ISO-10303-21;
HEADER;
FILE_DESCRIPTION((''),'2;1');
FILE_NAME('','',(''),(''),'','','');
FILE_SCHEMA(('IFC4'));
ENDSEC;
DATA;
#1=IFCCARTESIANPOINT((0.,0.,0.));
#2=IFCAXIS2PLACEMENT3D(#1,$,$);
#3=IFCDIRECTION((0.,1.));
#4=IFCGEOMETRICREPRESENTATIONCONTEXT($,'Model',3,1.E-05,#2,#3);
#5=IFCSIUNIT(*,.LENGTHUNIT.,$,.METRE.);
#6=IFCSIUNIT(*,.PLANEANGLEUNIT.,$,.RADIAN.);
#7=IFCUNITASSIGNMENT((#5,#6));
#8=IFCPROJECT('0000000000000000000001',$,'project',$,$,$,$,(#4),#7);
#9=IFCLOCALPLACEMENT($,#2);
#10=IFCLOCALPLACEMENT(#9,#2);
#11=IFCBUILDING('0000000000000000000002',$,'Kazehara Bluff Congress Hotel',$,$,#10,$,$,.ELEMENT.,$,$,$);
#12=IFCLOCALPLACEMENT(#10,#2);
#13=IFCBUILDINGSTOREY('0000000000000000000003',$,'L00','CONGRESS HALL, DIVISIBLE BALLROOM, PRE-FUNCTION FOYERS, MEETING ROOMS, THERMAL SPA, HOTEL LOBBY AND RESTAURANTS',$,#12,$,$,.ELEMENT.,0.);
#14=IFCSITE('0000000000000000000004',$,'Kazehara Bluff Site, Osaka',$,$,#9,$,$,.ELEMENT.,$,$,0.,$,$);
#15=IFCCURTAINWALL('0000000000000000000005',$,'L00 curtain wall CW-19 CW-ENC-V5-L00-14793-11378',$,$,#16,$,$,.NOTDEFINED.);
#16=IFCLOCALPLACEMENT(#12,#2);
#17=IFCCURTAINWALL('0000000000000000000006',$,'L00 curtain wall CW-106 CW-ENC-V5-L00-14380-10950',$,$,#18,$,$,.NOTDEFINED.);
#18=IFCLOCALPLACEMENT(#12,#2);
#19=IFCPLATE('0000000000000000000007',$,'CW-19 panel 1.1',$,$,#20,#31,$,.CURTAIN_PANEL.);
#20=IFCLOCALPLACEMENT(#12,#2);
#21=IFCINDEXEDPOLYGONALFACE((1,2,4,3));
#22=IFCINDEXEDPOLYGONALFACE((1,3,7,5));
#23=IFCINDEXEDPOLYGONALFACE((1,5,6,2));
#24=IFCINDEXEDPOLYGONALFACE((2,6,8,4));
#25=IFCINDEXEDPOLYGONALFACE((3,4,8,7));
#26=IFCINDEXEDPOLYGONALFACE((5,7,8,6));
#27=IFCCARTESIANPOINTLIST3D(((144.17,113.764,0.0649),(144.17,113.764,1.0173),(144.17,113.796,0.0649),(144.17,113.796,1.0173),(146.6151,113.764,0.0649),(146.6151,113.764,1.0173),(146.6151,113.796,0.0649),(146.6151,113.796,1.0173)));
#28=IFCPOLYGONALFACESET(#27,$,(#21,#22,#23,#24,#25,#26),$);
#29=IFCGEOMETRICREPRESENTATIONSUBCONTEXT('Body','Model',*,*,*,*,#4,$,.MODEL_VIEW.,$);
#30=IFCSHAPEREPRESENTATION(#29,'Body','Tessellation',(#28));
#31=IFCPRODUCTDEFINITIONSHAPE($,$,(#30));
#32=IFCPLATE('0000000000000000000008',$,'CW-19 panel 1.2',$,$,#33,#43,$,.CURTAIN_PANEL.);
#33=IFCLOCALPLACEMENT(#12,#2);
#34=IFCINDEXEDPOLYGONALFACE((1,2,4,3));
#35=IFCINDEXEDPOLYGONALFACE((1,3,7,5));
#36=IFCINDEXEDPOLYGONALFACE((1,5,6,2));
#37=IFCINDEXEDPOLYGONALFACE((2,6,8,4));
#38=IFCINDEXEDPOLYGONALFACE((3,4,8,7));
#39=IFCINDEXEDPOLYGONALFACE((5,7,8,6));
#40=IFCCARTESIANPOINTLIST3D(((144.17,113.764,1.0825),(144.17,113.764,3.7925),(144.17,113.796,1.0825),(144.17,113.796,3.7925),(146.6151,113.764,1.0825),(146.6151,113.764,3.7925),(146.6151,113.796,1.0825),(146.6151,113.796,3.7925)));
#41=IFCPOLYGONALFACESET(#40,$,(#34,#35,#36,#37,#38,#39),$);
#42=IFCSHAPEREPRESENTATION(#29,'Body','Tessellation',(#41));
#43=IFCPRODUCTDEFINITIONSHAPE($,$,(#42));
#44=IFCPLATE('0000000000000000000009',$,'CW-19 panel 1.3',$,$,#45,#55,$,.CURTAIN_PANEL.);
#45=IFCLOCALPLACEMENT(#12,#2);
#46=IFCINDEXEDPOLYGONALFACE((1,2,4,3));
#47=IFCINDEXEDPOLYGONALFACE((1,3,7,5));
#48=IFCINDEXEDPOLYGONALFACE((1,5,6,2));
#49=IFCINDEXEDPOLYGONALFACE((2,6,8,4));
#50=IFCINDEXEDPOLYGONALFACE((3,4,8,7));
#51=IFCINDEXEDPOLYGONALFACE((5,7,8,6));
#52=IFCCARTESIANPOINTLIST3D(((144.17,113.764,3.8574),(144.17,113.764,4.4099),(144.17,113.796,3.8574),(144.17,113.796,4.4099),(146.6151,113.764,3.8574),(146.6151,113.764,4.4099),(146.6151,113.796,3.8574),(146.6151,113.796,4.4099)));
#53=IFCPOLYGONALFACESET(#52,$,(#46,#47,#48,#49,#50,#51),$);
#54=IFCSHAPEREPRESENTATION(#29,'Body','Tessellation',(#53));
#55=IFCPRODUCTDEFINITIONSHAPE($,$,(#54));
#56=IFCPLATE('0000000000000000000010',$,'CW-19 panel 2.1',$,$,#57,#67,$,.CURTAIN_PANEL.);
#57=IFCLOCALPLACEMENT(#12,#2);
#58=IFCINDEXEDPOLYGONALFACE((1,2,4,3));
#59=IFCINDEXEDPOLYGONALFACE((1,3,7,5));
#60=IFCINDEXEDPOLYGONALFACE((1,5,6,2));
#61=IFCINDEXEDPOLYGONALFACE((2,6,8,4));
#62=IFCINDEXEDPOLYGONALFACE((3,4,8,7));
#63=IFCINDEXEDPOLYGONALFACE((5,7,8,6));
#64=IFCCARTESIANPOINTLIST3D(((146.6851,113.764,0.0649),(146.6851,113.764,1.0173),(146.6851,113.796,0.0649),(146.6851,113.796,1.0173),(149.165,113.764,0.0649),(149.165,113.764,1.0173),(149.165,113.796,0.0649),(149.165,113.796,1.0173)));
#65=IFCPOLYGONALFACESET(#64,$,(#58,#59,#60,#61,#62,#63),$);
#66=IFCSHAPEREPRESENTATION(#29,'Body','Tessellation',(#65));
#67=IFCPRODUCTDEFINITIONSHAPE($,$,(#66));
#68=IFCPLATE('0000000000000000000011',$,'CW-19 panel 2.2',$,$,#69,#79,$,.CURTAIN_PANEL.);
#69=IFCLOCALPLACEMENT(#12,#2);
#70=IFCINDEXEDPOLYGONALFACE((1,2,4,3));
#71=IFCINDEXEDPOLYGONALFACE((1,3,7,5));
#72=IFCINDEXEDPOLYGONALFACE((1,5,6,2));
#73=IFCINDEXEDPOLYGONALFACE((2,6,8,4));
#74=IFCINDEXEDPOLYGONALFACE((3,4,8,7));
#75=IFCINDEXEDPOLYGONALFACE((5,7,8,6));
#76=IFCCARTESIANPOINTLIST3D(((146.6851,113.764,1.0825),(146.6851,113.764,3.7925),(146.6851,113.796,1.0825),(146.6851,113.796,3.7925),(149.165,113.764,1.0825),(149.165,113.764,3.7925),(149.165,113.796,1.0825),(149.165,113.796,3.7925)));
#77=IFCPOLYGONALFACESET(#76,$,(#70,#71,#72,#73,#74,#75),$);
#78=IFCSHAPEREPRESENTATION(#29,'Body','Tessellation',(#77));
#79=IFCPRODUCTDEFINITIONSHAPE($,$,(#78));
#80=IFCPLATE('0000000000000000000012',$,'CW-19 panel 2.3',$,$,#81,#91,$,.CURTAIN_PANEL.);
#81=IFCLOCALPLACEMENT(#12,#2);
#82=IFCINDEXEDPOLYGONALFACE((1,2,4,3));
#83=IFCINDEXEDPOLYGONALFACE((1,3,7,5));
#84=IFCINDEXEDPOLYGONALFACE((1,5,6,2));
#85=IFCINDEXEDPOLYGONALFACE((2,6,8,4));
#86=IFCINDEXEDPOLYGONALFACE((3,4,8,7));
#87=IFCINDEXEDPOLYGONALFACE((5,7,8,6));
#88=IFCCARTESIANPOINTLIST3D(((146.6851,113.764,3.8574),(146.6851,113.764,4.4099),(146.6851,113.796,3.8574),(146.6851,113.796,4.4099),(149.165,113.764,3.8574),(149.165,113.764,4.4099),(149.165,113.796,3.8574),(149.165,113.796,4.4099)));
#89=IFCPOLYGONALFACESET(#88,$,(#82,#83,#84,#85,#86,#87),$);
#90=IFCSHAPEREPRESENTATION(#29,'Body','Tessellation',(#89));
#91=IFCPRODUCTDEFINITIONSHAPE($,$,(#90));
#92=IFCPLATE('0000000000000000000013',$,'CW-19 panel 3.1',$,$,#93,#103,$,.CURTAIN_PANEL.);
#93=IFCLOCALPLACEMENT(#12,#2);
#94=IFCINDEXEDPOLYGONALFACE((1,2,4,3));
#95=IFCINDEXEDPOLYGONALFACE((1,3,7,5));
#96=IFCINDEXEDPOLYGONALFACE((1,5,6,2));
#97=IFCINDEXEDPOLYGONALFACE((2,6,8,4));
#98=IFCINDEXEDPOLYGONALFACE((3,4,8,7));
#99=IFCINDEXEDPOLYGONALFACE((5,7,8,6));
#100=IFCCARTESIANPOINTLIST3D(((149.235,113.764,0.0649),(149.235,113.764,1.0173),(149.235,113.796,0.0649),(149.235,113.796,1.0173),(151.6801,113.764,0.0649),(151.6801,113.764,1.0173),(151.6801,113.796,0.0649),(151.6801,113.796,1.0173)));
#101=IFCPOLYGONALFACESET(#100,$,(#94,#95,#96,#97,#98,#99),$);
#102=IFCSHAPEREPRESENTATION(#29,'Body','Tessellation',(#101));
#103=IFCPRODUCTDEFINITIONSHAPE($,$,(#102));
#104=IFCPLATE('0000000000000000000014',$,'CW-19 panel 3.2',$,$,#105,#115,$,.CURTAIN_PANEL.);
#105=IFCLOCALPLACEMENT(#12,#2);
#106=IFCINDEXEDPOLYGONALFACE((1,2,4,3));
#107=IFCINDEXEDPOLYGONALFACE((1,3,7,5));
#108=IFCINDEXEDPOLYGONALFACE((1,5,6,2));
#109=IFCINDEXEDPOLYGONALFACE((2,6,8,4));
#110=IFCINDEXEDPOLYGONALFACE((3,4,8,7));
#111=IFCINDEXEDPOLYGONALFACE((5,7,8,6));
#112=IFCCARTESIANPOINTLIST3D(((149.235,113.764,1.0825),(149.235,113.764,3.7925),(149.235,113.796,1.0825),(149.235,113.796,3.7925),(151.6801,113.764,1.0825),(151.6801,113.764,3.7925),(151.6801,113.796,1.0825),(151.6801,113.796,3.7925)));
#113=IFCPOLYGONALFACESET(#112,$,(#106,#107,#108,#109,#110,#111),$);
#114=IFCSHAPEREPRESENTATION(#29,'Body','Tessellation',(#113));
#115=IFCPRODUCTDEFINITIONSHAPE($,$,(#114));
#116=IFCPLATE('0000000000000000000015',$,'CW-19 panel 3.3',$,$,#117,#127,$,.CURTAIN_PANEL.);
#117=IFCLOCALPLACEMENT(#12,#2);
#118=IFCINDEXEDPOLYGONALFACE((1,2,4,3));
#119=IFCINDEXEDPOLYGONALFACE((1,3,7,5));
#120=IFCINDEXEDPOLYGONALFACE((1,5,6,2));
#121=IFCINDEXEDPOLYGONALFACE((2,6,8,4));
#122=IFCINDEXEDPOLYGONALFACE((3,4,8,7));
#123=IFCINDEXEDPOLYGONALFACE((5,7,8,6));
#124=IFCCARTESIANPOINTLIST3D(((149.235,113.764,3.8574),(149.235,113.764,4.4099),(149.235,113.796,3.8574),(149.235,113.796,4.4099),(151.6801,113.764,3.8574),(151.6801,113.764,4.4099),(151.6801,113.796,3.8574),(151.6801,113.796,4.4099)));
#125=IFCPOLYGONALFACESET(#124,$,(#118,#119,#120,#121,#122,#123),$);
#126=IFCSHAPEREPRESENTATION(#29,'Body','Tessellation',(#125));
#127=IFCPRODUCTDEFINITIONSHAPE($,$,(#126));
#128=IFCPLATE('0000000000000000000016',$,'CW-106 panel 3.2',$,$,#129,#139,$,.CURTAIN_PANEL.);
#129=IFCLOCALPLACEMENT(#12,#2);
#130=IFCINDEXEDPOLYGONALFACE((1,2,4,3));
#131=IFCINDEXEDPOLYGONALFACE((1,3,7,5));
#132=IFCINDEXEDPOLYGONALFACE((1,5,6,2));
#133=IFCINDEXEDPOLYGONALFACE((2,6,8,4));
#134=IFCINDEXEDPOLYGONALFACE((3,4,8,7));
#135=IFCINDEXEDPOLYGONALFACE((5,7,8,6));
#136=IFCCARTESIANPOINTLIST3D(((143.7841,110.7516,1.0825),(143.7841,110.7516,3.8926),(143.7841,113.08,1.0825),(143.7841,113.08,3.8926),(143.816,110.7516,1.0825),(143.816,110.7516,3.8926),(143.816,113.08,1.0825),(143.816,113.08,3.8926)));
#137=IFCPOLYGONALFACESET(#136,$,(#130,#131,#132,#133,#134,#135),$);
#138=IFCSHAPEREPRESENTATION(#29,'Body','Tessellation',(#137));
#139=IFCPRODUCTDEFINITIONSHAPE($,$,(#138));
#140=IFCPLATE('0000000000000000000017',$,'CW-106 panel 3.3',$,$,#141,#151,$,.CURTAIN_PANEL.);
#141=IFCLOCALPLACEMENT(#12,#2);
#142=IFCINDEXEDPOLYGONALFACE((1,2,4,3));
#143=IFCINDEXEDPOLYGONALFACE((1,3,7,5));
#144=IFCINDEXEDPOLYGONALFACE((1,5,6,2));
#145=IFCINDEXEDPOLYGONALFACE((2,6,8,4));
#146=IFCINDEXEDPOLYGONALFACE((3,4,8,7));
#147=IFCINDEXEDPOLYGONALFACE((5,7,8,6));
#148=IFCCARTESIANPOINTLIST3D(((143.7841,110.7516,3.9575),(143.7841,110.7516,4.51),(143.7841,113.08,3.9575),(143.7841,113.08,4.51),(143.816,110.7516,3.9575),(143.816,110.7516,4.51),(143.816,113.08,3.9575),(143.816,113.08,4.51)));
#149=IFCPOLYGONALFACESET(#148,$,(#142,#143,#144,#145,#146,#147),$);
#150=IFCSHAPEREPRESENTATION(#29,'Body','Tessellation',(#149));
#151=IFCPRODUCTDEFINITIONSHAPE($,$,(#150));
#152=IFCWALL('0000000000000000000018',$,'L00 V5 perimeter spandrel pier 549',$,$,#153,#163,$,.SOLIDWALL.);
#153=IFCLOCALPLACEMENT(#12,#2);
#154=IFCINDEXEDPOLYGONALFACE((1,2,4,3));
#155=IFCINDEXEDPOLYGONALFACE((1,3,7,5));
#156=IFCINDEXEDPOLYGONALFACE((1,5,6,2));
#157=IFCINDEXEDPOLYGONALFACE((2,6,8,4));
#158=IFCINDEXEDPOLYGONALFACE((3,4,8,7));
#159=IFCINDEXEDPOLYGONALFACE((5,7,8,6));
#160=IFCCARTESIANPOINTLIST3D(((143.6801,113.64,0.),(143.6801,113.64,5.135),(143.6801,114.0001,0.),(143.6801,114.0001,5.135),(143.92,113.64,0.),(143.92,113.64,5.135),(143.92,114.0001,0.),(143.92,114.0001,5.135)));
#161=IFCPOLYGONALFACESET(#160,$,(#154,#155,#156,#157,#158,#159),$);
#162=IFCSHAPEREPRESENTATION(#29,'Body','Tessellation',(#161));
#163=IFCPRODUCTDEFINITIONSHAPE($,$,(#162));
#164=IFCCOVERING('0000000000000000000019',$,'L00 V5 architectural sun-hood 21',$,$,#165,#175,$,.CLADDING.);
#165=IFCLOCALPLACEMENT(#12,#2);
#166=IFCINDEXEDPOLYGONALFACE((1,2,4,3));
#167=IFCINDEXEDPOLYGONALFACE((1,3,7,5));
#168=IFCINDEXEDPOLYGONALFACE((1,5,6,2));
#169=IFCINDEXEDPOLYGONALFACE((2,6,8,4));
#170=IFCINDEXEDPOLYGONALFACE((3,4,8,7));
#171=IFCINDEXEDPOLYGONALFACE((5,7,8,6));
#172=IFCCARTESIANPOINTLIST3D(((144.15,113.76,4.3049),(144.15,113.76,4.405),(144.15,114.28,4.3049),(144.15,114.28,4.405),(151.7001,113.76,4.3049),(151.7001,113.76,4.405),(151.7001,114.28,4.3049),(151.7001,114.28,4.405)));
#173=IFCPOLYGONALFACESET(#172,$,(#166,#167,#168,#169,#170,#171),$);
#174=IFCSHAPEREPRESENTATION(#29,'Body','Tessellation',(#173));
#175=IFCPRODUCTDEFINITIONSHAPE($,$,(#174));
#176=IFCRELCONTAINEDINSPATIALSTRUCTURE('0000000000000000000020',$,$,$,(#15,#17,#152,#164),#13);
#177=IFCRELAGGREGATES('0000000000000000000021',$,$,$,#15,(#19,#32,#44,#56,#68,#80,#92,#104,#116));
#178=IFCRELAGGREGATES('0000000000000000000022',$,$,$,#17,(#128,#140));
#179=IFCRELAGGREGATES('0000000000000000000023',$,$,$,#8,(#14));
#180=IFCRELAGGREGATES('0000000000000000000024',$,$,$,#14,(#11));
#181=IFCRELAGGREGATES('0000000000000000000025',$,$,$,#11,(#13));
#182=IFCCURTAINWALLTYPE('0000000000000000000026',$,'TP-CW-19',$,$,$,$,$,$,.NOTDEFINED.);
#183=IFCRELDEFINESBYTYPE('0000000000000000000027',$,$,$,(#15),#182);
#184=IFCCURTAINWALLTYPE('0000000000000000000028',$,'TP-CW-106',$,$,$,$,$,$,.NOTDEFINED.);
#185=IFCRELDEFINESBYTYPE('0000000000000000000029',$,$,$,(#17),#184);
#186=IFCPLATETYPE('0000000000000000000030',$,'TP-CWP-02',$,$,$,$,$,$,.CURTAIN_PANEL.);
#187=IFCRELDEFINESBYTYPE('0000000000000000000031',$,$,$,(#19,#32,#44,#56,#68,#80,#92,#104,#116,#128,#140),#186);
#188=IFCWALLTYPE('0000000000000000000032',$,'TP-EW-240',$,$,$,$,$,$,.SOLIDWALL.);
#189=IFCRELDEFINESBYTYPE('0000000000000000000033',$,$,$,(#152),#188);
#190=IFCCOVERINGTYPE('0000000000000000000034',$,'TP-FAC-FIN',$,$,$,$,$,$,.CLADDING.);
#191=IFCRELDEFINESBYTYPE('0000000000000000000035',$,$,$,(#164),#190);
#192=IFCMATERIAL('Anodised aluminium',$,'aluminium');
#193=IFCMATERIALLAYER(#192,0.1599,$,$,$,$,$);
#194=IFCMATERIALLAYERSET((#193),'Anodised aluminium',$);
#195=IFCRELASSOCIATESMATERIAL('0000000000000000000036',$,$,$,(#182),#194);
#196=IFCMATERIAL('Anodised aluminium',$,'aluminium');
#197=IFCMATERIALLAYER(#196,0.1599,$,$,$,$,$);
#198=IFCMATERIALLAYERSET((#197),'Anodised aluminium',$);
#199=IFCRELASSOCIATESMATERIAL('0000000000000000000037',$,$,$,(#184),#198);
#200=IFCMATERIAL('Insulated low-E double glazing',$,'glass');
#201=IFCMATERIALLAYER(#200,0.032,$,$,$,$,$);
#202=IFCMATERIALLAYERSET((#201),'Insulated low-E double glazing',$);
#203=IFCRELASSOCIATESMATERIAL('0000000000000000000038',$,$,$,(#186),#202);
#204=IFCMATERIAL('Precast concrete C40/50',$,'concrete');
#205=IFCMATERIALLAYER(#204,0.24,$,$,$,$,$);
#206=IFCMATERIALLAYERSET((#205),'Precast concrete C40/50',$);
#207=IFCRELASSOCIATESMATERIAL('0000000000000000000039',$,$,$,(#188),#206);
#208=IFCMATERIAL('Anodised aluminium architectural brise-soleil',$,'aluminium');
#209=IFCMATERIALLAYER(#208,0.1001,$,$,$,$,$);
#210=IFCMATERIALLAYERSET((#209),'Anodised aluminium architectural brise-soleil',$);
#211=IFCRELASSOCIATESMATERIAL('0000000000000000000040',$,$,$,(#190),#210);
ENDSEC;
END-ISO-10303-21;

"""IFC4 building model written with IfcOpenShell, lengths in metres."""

from ifc_helpers import new_model, si_unit, direction, frame, frame_2d, origin, origin_2d, place, context, subcontext, project, spatial, rectangle, extrude, material, layer, layer_set, type_object, element, aggregate, save


model = new_model("IFC4")

# Units and contexts
model_context = context("Model", 3, precision=1e-05, world=origin(), true_north=direction((0.0, 1.0)))
body_context = subcontext(model_context, "Body", "Model", "MODEL_VIEW")
ifc_project = project(units=[si_unit("LENGTHUNIT", "METRE"), si_unit("PLANEANGLEUNIT", "RADIAN")], contexts=[model_context])

# Site, building, storey
site_placement = place(None, origin())
site = spatial("IfcSite", under=ifc_project, at=site_placement, Name="Kazehara Bluff Site, Osaka", CompositionType="ELEMENT", RefElevation=0.0)
building_placement = place(site_placement, origin())
building = spatial("IfcBuilding", under=site, at=building_placement, Name="Kazehara Bluff Congress Hotel", CompositionType="ELEMENT")
storey_placement = place(building_placement, origin())
storey = spatial("IfcBuildingStorey", under=building, at=storey_placement, Name="L00", Description="CONGRESS HALL, DIVISIBLE BALLROOM, PRE-FUNCTION FOYERS, MEETING ROOMS, THERMAL SPA, HOTEL LOBBY AND RESTAURANTS", CompositionType="ELEMENT", Elevation=0.0)

# Curtain wall
ifc_material_1 = material(Name="Anodised aluminium", Category="aluminium")
ifc_layer_1 = layer(ifc_material_1, 0.1599)
ifc_layer_set_1 = layer_set([ifc_layer_1], Name="Anodised aluminium")
curtain_wall_type_1 = type_object("IfcCurtainWallType", Name="TP-CW-19", PredefinedType="NOTDEFINED", material=ifc_layer_set_1)
curtain_wall_1_placement = place(storey_placement, origin())
curtain_wall_1 = element("IfcCurtainWall", 1, at=curtain_wall_1_placement, inside=storey, type_object=curtain_wall_type_1, Name="L00 curtain wall CW-19 CW-ENC-V5-L00-14793-11378", PredefinedType="NOTDEFINED")

# Curtain wall
ifc_material_2 = material(Name="Anodised aluminium", Category="aluminium")
ifc_layer_2 = layer(ifc_material_2, 0.1599)
ifc_layer_set_2 = layer_set([ifc_layer_2], Name="Anodised aluminium")
curtain_wall_type_2 = type_object("IfcCurtainWallType", Name="TP-CW-106", PredefinedType="NOTDEFINED", material=ifc_layer_set_2)
curtain_wall_2_placement = place(storey_placement, origin())
curtain_wall_2 = element("IfcCurtainWall", 2, at=curtain_wall_2_placement, inside=storey, type_object=curtain_wall_type_2, Name="L00 curtain wall CW-106 CW-ENC-V5-L00-14380-10950", PredefinedType="NOTDEFINED")

# Plates
ifc_material_3 = material(Name="Insulated low-E double glazing", Category="glass")
ifc_layer_3 = layer(ifc_material_3, 0.032)
ifc_layer_set_3 = layer_set([ifc_layer_3], Name="Insulated low-E double glazing")
plate_type = type_object("IfcPlateType", Name="TP-CWP-02", PredefinedType="CURTAIN_PANEL", material=ifc_layer_set_3)
plate_1_placement = place(storey_placement, frame((145.3926, 113.78, 0.0649), z_axis=(0.0, 0.0, 1.0), x_axis=(1.0, 0.0, 0.0)))
plate_1 = element("IfcPlate", 3, at=plate_1_placement, type_object=plate_type, Name="CW-19 panel 1.1", PredefinedType="CURTAIN_PANEL", context=body_context, shape_type="SweptSolid", body=[
    extrude(rectangle(XDim=2.4451, YDim=0.032, at=origin_2d()), origin(), (0.0, 0.0, 1.0), 0.9524),
])
plate_2_placement = place(storey_placement, frame((145.3926, 113.78, 1.0825), z_axis=(0.0, 0.0, 1.0), x_axis=(1.0, 0.0, 0.0)))
plate_2 = element("IfcPlate", 4, at=plate_2_placement, type_object=plate_type, Name="CW-19 panel 1.2", PredefinedType="CURTAIN_PANEL", context=body_context, shape_type="SweptSolid", body=[
    extrude(rectangle(XDim=2.4451, YDim=0.032, at=origin_2d()), origin(), (0.0, 0.0, 1.0), 2.71),
])
plate_3_placement = place(storey_placement, frame((145.3926, 113.78, 3.8574), z_axis=(0.0, 0.0, 1.0), x_axis=(1.0, 0.0, 0.0)))
plate_3 = element("IfcPlate", 5, at=plate_3_placement, type_object=plate_type, Name="CW-19 panel 1.3", PredefinedType="CURTAIN_PANEL", context=body_context, shape_type="SweptSolid", body=[
    extrude(rectangle(XDim=2.4451, YDim=0.032, at=origin_2d()), origin(), (0.0, 0.0, 1.0), 0.5525),
])
plate_4_placement = place(storey_placement, frame((147.925, 113.78, 0.0649), z_axis=(0.0, 0.0, 1.0), x_axis=(1.0, 0.0, 0.0)))
plate_4 = element("IfcPlate", 6, at=plate_4_placement, type_object=plate_type, Name="CW-19 panel 2.1", PredefinedType="CURTAIN_PANEL", context=body_context, shape_type="SweptSolid", body=[
    extrude(rectangle(XDim=2.48, YDim=0.032, at=origin_2d()), origin(), (0.0, 0.0, 1.0), 0.9524),
])
plate_5_placement = place(storey_placement, frame((147.925, 113.78, 1.0825), z_axis=(0.0, 0.0, 1.0), x_axis=(1.0, 0.0, 0.0)))
plate_5 = element("IfcPlate", 7, at=plate_5_placement, type_object=plate_type, Name="CW-19 panel 2.2", PredefinedType="CURTAIN_PANEL", context=body_context, shape_type="SweptSolid", body=[
    extrude(rectangle(XDim=2.48, YDim=0.032, at=origin_2d()), origin(), (0.0, 0.0, 1.0), 2.71),
])
plate_6_placement = place(storey_placement, frame((147.925, 113.78, 3.8574), z_axis=(0.0, 0.0, 1.0), x_axis=(1.0, 0.0, 0.0)))
plate_6 = element("IfcPlate", 8, at=plate_6_placement, type_object=plate_type, Name="CW-19 panel 2.3", PredefinedType="CURTAIN_PANEL", context=body_context, shape_type="SweptSolid", body=[
    extrude(rectangle(XDim=2.48, YDim=0.032, at=origin_2d()), origin(), (0.0, 0.0, 1.0), 0.5525),
])
plate_7_placement = place(storey_placement, frame((150.4575, 113.78, 0.0649), z_axis=(0.0, 0.0, 1.0), x_axis=(1.0, 0.0, 0.0)))
plate_7 = element("IfcPlate", 9, at=plate_7_placement, type_object=plate_type, Name="CW-19 panel 3.1", PredefinedType="CURTAIN_PANEL", context=body_context, shape_type="SweptSolid", body=[
    extrude(rectangle(XDim=2.4451, YDim=0.032, at=origin_2d()), origin(), (0.0, 0.0, 1.0), 0.9524),
])
plate_8_placement = place(storey_placement, frame((150.4575, 113.78, 1.0825), z_axis=(0.0, 0.0, 1.0), x_axis=(1.0, 0.0, 0.0)))
plate_8 = element("IfcPlate", 10, at=plate_8_placement, type_object=plate_type, Name="CW-19 panel 3.2", PredefinedType="CURTAIN_PANEL", context=body_context, shape_type="SweptSolid", body=[
    extrude(rectangle(XDim=2.4451, YDim=0.032, at=origin_2d()), origin(), (0.0, 0.0, 1.0), 2.71),
])
plate_9_placement = place(storey_placement, frame((150.4575, 113.78, 3.8574), z_axis=(0.0, 0.0, 1.0), x_axis=(1.0, 0.0, 0.0)))
plate_9 = element("IfcPlate", 11, at=plate_9_placement, type_object=plate_type, Name="CW-19 panel 3.3", PredefinedType="CURTAIN_PANEL", context=body_context, shape_type="SweptSolid", body=[
    extrude(rectangle(XDim=2.4451, YDim=0.032, at=origin_2d()), origin(), (0.0, 0.0, 1.0), 0.5525),
])
aggregate(curtain_wall_1, [plate_1, plate_2, plate_3, plate_4, plate_5, plate_6, plate_7, plate_8, plate_9])
plate_10_placement = place(storey_placement, frame((143.8, 111.9158, 1.0825), z_axis=(0.0, 0.0, 1.0), x_axis=(0.0, 1.0, 0.0)))
plate_10 = element("IfcPlate", 12, at=plate_10_placement, type_object=plate_type, Name="CW-106 panel 3.2", PredefinedType="CURTAIN_PANEL", context=body_context, shape_type="SweptSolid", body=[
    extrude(rectangle(XDim=2.3284, YDim=0.032, at=origin_2d()), origin(), (0.0, 0.0, 1.0), 2.8101),
])
plate_11_placement = place(storey_placement, frame((143.8, 111.9158, 3.9575), z_axis=(0.0, 0.0, 1.0), x_axis=(0.0, 1.0, 0.0)))
plate_11 = element("IfcPlate", 13, at=plate_11_placement, type_object=plate_type, Name="CW-106 panel 3.3", PredefinedType="CURTAIN_PANEL", context=body_context, shape_type="SweptSolid", body=[
    extrude(rectangle(XDim=2.3284, YDim=0.032, at=origin_2d()), origin(), (0.0, 0.0, 1.0), 0.5525),
])
aggregate(curtain_wall_2, [plate_10, plate_11])

# Wall
ifc_material_4 = material(Name="Precast concrete C40/50", Category="concrete")
ifc_layer_4 = layer(ifc_material_4, 0.24)
ifc_layer_set_4 = layer_set([ifc_layer_4], Name="Precast concrete C40/50")
wall_type = type_object("IfcWallType", Name="TP-EW-240", PredefinedType="SOLIDWALL", material=ifc_layer_set_4)
wall_placement = place(storey_placement, frame((143.8, 113.6399, 0.0), z_axis=(0.0, 0.0, 1.0), x_axis=(0.0, 1.0, 0.0)))
element("IfcWall", 14, at=wall_placement, inside=storey, type_object=wall_type, Name="L00 V5 perimeter spandrel pier 549", PredefinedType="SOLIDWALL", context=body_context, shape_type="SweptSolid", body=[
    extrude(rectangle(XDim=0.3601, YDim=0.24, at=frame_2d((0.1802, 0.0))), origin(), (0.0, 0.0, 1.0), 5.135),
])

# Covering
ifc_material_5 = material(Name="Anodised aluminium architectural brise-soleil", Category="aluminium")
ifc_layer_5 = layer(ifc_material_5, 0.1001)
ifc_layer_set_5 = layer_set([ifc_layer_5], Name="Anodised aluminium architectural brise-soleil")
covering_type = type_object("IfcCoveringType", Name="TP-FAC-FIN", PredefinedType="CLADDING", material=ifc_layer_set_5)
covering_placement = place(storey_placement, frame((147.925, 114.02, 4.3049), z_axis=(0.0, 0.0, 1.0), x_axis=(1.0, 0.0, 0.0)))
element("IfcCovering", 15, at=covering_placement, inside=storey, type_object=covering_type, Name="L00 V5 architectural sun-hood 21", PredefinedType="CLADDING", context=body_context, shape_type="SweptSolid", body=[
    extrude(rectangle(XDim=7.55, YDim=0.52, at=origin_2d()), origin(), (0.0, 0.0, 1.0), 0.1001),
])

save(model, "model.ifc")
